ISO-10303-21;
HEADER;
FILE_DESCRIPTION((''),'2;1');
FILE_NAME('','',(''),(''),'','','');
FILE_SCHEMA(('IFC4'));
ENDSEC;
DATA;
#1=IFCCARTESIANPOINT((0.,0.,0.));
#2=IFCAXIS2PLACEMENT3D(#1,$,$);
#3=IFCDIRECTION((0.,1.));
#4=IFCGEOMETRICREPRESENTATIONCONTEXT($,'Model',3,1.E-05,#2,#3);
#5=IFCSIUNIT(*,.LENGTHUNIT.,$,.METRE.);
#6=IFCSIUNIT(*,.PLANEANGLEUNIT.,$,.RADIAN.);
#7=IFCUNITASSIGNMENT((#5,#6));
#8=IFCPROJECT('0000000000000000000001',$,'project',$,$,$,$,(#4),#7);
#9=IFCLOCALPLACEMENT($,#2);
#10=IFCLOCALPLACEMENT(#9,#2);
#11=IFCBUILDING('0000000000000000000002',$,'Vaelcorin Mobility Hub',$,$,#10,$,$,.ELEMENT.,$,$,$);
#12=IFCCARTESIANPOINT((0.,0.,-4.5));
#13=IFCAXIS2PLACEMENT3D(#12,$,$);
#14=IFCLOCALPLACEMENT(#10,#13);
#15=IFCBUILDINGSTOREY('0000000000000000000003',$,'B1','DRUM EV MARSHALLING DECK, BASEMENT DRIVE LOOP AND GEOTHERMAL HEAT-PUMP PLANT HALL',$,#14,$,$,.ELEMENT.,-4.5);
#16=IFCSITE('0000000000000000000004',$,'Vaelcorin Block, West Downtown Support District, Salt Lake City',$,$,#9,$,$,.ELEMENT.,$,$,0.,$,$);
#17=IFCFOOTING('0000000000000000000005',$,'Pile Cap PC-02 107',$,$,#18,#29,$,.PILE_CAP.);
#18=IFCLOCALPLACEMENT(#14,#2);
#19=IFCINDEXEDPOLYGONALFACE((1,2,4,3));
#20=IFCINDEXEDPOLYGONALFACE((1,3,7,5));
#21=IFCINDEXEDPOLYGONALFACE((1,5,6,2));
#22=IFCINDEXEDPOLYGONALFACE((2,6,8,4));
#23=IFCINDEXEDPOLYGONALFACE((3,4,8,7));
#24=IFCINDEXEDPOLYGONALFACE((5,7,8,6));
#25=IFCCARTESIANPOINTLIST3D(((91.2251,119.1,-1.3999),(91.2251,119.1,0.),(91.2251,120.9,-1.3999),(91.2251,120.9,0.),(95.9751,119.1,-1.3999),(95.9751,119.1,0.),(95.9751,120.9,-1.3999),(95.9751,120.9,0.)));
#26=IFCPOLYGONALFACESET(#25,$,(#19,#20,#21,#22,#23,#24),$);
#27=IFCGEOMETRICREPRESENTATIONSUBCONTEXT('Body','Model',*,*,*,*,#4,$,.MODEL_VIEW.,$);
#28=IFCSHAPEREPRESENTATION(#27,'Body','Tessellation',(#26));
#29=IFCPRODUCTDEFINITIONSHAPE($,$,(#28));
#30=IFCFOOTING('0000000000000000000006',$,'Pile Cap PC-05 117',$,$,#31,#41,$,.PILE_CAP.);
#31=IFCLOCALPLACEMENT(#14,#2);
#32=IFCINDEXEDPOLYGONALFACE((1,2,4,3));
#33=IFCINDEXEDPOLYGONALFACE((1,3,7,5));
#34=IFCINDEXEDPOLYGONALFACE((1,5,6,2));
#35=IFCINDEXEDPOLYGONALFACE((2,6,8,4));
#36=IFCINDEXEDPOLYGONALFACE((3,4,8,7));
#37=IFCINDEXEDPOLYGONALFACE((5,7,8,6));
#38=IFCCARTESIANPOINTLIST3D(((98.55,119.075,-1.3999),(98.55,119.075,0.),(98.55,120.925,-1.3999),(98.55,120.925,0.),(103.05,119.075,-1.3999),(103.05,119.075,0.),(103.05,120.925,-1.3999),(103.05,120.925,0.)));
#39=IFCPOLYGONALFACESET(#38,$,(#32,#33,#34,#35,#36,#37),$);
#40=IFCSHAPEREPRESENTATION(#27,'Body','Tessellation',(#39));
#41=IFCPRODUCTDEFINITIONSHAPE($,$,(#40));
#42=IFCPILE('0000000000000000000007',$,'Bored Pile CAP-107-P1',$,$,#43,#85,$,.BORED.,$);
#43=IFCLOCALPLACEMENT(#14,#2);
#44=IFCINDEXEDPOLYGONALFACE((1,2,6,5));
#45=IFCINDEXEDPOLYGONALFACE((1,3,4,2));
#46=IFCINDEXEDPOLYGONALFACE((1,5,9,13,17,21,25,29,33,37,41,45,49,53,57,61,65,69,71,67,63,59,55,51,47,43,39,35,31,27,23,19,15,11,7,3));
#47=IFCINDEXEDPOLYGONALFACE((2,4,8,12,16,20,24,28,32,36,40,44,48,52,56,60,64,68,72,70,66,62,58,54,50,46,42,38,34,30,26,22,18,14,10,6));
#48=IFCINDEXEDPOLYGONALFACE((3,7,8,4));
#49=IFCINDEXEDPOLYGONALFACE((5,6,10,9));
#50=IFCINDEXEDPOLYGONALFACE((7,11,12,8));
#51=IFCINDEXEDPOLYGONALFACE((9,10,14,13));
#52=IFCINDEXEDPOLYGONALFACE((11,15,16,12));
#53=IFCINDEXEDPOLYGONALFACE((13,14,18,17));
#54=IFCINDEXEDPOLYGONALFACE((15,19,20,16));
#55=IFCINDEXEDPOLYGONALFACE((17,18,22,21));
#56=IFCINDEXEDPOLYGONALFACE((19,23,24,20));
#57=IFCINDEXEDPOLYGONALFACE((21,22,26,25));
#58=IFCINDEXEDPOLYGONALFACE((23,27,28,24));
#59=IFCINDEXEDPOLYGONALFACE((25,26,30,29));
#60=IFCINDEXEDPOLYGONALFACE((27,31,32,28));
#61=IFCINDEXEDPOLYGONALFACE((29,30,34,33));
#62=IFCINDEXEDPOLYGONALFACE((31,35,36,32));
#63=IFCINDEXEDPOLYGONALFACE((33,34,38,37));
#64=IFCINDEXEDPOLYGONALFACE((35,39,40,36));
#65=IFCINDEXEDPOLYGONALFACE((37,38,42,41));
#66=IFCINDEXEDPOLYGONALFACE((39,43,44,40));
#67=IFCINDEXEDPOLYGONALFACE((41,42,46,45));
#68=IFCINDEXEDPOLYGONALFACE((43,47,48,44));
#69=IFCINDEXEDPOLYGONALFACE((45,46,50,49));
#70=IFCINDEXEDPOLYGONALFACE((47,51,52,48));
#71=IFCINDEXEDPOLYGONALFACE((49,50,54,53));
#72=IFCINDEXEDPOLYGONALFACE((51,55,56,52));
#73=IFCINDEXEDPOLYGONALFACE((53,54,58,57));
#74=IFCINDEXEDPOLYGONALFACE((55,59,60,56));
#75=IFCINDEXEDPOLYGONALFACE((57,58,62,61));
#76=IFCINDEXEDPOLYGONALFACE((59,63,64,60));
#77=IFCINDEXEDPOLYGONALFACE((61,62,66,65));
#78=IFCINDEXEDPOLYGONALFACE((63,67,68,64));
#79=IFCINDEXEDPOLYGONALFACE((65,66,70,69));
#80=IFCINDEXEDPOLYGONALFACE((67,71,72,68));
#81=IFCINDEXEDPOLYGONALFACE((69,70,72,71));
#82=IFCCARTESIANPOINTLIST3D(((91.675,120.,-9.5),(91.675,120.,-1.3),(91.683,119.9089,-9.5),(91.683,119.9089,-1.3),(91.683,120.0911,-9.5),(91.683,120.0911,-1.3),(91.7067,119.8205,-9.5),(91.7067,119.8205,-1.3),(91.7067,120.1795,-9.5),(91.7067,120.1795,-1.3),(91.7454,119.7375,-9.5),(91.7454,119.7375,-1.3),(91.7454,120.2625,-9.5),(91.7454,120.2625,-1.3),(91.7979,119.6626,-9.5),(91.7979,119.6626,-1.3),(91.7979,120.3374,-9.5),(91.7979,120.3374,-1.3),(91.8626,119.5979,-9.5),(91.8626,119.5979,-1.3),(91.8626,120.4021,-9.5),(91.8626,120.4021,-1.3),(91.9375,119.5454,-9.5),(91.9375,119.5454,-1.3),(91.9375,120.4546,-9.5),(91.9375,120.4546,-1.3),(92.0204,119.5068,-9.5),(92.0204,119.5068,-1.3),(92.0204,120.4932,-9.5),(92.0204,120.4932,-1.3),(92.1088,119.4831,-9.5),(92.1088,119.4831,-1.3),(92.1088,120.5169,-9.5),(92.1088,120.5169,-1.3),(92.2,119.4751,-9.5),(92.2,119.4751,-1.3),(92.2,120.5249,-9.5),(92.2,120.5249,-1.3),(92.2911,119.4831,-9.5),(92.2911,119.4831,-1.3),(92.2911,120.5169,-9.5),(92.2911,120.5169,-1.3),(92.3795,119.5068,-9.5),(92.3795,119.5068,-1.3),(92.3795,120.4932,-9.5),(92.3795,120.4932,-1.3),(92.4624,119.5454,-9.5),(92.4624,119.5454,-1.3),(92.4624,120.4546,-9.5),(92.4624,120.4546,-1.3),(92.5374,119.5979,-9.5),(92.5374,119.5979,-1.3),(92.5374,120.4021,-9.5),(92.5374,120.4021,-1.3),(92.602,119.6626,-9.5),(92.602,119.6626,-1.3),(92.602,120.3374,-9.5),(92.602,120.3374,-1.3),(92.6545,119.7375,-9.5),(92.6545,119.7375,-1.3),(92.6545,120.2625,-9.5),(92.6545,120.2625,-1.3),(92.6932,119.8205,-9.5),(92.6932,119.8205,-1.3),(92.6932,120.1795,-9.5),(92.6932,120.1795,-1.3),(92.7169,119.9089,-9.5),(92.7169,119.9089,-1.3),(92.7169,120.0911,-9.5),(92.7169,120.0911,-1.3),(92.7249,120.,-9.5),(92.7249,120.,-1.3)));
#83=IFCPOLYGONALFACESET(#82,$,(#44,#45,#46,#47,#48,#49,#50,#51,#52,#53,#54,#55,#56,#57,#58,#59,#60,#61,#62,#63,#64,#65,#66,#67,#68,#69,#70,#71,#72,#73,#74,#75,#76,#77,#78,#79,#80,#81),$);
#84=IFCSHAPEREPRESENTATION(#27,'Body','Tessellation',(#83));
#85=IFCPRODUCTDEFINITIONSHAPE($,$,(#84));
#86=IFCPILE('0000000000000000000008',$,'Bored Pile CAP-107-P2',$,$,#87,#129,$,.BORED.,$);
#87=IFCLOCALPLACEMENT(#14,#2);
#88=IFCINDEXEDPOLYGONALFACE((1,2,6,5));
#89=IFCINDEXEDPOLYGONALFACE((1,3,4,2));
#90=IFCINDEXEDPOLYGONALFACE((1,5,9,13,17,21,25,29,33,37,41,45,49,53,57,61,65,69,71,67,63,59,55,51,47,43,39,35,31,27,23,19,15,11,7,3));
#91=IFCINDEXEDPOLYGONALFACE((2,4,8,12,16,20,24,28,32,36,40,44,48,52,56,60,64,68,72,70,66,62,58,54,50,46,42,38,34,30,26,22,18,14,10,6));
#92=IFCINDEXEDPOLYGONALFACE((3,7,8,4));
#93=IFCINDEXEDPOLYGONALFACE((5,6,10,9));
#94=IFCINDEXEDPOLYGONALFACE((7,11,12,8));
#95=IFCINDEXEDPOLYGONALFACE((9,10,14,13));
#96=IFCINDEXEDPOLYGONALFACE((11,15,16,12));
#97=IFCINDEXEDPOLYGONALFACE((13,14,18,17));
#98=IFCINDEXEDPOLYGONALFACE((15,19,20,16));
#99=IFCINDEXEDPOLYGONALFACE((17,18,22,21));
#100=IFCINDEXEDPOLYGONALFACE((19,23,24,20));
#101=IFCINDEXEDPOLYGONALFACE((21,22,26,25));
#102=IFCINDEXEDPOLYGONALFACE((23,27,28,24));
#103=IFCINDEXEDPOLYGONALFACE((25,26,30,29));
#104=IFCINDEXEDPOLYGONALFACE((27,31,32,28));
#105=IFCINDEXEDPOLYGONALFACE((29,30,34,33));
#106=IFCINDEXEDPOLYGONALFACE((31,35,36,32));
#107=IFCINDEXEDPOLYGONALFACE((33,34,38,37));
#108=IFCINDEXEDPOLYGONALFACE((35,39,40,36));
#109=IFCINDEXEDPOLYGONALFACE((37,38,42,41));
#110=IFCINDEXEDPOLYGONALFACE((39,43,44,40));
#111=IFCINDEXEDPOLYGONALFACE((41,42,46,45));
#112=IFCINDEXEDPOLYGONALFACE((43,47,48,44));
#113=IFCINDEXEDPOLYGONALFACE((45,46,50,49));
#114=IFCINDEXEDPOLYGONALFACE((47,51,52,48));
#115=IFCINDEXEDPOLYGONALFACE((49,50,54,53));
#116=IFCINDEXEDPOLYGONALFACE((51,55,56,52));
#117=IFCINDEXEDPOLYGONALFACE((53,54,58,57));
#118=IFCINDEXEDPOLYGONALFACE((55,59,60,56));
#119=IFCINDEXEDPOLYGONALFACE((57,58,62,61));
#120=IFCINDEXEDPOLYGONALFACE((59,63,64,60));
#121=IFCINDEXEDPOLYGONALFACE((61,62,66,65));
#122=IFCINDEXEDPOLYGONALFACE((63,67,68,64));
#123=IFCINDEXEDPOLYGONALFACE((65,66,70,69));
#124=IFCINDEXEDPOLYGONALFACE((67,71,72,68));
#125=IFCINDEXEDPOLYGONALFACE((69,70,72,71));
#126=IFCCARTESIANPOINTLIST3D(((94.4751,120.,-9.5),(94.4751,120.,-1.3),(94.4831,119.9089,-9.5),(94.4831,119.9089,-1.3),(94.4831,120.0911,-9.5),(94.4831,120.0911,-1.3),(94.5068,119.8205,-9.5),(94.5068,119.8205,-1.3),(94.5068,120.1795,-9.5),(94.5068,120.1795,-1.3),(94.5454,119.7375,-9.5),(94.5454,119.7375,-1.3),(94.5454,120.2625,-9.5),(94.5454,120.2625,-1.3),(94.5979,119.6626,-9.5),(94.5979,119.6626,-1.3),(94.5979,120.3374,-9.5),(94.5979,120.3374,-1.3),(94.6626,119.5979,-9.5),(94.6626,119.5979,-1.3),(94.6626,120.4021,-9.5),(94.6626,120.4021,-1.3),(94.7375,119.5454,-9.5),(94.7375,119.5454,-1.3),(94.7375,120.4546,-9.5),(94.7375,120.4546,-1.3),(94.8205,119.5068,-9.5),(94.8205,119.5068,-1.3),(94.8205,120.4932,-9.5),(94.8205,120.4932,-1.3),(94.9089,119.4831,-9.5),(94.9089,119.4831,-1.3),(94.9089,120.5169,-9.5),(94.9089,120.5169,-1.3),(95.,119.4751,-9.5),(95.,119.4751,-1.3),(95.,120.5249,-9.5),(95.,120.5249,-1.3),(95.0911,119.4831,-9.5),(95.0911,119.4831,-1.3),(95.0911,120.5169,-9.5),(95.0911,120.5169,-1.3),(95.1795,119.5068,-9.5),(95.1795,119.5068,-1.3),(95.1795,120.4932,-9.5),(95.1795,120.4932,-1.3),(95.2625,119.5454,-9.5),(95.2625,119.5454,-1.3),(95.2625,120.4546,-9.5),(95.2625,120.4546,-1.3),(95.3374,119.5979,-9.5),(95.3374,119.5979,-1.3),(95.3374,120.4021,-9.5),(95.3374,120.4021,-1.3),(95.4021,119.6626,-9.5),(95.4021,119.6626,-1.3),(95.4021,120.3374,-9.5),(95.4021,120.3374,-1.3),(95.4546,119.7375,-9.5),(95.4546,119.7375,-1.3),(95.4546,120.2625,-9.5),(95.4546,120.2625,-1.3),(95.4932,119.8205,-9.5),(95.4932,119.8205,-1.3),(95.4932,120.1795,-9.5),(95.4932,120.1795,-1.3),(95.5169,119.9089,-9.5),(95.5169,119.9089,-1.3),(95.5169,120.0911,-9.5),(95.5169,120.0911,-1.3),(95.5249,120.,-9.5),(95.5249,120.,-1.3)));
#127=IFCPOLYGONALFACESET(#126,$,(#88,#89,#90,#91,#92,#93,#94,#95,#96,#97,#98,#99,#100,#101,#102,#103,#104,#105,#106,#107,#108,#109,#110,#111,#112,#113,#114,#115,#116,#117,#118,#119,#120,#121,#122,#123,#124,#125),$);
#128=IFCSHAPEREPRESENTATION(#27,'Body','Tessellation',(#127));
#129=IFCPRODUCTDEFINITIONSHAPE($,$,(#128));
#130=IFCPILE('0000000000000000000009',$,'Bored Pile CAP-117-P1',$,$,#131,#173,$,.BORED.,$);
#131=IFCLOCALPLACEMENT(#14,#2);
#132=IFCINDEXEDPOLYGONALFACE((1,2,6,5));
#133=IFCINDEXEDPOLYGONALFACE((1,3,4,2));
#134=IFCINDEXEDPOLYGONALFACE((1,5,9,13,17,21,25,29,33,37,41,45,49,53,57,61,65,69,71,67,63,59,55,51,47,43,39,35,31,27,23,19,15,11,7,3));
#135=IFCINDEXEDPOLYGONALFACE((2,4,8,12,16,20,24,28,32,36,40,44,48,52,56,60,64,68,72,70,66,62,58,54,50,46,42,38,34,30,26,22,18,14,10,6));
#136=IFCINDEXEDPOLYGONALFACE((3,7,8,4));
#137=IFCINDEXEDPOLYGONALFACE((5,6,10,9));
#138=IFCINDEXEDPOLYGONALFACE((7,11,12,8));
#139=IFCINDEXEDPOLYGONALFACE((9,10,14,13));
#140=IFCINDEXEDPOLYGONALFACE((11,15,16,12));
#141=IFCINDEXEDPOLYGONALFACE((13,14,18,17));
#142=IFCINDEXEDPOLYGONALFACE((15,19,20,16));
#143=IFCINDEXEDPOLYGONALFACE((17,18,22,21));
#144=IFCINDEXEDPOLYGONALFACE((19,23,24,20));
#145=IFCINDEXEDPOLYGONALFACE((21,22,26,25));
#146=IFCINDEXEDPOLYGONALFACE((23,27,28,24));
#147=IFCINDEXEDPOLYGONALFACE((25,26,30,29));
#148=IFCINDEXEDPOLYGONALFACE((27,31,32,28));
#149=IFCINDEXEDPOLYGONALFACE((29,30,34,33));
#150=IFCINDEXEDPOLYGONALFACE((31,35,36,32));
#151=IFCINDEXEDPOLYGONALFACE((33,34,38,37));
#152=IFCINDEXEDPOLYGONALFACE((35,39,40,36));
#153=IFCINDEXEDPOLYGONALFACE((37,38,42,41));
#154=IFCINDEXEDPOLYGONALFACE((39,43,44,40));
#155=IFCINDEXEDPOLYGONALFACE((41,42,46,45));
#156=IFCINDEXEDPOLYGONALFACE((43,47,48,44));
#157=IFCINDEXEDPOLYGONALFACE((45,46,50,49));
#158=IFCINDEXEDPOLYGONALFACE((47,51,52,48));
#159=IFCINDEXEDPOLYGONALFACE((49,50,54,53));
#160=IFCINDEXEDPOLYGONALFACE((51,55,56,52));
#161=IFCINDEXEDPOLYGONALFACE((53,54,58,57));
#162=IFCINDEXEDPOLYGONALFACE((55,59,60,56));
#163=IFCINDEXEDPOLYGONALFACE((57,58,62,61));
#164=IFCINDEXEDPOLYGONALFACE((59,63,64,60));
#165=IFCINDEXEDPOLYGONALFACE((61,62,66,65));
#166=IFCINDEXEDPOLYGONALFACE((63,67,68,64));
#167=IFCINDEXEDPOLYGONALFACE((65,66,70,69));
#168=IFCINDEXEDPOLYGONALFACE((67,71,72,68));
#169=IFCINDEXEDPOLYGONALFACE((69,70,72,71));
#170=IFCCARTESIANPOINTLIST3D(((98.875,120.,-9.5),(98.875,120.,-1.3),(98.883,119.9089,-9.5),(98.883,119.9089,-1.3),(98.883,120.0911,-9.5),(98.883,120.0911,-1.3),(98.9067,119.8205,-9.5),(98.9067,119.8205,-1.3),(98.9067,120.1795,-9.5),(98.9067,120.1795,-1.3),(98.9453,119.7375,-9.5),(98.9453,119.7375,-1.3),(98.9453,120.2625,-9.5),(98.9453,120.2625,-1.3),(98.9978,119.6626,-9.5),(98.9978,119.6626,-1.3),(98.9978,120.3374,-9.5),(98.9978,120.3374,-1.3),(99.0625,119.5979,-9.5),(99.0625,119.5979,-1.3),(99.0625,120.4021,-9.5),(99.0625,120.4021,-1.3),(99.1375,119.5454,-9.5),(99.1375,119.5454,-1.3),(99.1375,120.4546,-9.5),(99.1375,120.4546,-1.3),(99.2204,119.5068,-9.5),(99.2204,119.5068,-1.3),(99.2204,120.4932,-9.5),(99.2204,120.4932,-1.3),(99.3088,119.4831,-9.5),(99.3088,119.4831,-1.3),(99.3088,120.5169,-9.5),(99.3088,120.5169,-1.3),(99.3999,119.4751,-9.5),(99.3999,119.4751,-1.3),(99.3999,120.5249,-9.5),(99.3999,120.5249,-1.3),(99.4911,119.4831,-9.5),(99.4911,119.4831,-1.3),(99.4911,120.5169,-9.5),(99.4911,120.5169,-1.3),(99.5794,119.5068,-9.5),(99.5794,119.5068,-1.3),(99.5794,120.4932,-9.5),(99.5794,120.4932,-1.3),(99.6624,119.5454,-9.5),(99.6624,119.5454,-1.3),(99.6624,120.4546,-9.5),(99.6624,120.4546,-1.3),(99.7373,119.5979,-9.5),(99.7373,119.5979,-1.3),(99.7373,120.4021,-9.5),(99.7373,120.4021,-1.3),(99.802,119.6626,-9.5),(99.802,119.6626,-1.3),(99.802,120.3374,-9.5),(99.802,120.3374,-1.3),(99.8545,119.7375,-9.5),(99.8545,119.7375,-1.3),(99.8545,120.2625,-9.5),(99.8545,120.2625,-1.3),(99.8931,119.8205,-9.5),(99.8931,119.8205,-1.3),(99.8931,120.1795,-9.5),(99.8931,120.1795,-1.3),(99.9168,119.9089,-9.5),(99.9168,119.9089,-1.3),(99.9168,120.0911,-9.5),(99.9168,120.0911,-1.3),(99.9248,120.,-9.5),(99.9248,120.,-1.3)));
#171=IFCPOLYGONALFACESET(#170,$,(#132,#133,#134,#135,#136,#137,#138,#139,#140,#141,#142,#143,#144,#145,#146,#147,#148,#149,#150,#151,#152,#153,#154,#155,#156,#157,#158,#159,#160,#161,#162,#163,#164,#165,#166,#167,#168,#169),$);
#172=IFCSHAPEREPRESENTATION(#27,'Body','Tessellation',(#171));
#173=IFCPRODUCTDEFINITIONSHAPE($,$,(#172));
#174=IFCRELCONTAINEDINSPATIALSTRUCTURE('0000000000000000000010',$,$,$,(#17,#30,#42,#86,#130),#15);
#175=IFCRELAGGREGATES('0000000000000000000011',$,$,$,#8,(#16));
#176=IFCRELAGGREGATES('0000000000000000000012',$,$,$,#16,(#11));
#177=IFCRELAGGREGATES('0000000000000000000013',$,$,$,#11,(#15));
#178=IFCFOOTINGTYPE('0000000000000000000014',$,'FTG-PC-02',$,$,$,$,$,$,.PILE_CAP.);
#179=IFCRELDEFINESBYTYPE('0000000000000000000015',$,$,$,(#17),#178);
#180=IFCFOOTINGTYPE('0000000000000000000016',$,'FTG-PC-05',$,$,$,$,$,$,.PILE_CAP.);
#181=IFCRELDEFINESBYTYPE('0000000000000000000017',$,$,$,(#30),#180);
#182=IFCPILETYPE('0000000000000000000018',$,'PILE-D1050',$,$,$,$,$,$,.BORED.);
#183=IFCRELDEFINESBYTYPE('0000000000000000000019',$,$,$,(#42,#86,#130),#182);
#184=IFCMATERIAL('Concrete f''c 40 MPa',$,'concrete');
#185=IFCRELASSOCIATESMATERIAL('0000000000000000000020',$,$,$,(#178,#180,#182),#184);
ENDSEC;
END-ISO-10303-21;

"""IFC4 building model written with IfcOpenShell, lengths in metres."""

from ifc_helpers import new_model, si_unit, direction, frame, origin, origin_2d, place, context, subcontext, project, spatial, rectangle, circle, extrude, material, material_profile, profile_set, type_object, element, save


model = new_model("IFC4")

# Units and contexts
model_context = context("Model", 3, precision=1e-05, world=origin(), true_north=direction((0.0, 1.0)))
body_context = subcontext(model_context, "Body", "Model", "MODEL_VIEW")
ifc_project = project(units=[si_unit("LENGTHUNIT", "METRE"), si_unit("PLANEANGLEUNIT", "RADIAN")], contexts=[model_context])

# Site, building, storey
site_placement = place(None, origin())
site = spatial("IfcSite", under=ifc_project, at=site_placement, Name="Vaelcorin Block, West Downtown Support District, Salt Lake City", CompositionType="ELEMENT", RefElevation=0.0)
building_placement = place(site_placement, origin())
building = spatial("IfcBuilding", under=site, at=building_placement, Name="Vaelcorin Mobility Hub", CompositionType="ELEMENT")
storey_placement = place(building_placement, frame((0.0, 0.0, -4.5)))
storey = spatial("IfcBuildingStorey", under=building, at=storey_placement, Name="B1", Description="DRUM EV MARSHALLING DECK, BASEMENT DRIVE LOOP AND GEOTHERMAL HEAT-PUMP PLANT HALL", CompositionType="ELEMENT", Elevation=-4.5)

# Footings
ifc_material_1 = material(Name="Concrete f'c 40 MPa", Category="concrete")
footing_type_1 = type_object("IfcFootingType", Name="FTG-PC-02", PredefinedType="PILE_CAP", material=ifc_material_1)
footing_1_placement = place(storey_placement, frame((93.6001, 120.0, -1.3999), z_axis=(0.0, 0.0, 1.0), x_axis=(1.0, 0.0, 0.0)))
element("IfcFooting", 1, at=footing_1_placement, inside=storey, type_object=footing_type_1, Name="Pile Cap PC-02 107", PredefinedType="PILE_CAP", context=body_context, shape_type="SweptSolid", body=[
    extrude(rectangle(XDim=4.75, YDim=1.8, at=origin_2d()), origin(), (0.0, 0.0, 1.0), 1.3999),
])
footing_type_2 = type_object("IfcFootingType", Name="FTG-PC-05", PredefinedType="PILE_CAP", material=ifc_material_1)
footing_2_placement = place(storey_placement, frame((100.8, 120.0, -1.3999), z_axis=(0.0, 0.0, 1.0), x_axis=(1.0, 0.0, 0.0)))
element("IfcFooting", 2, at=footing_2_placement, inside=storey, type_object=footing_type_2, Name="Pile Cap PC-05 117", PredefinedType="PILE_CAP", context=body_context, shape_type="SweptSolid", body=[
    extrude(rectangle(XDim=4.5, YDim=1.8501, at=origin_2d()), origin(), (0.0, 0.0, 1.0), 1.3999),
])

# Piles
ifc_material_profile_1 = material_profile(ifc_material_1, circle(Radius=0.5249, at=origin_2d()), Name="BP-D1050")
ifc_profile_set_1 = profile_set([ifc_material_profile_1], Name="Concrete f'c 40 MPa")
pile_type = type_object("IfcPileType", Name="PILE-D1050", PredefinedType="BORED", material=ifc_profile_set_1)
for number, where, z_axis, x_axis, name in (
    (3, (92.2, 120.0, -1.3), (0.0, 0.0, -1.0), (1.0, 0.0, 0.0), "Bored Pile CAP-107-P1"),
    (4, (95.0, 120.0, -1.3), (0.0, 0.0, -1.0), (1.0, 0.0, 0.0), "Bored Pile CAP-107-P2"),
    (5, (99.3999, 120.0, -1.3), (0.0, 0.0, -1.0), (1.0, 0.0, 0.0), "Bored Pile CAP-117-P1"),
):
    element("IfcPile", number, at=place(storey_placement, frame(where, z_axis=z_axis, x_axis=x_axis)), inside=storey, type_object=pile_type, Name=name, PredefinedType="BORED", context=body_context, shape_type="SweptSolid", body=[
        extrude(circle(Radius=0.5249, at=origin_2d()), origin(), (0.0, 0.0, 1.0), 8.2),
    ])

save(model, "model.ifc")
